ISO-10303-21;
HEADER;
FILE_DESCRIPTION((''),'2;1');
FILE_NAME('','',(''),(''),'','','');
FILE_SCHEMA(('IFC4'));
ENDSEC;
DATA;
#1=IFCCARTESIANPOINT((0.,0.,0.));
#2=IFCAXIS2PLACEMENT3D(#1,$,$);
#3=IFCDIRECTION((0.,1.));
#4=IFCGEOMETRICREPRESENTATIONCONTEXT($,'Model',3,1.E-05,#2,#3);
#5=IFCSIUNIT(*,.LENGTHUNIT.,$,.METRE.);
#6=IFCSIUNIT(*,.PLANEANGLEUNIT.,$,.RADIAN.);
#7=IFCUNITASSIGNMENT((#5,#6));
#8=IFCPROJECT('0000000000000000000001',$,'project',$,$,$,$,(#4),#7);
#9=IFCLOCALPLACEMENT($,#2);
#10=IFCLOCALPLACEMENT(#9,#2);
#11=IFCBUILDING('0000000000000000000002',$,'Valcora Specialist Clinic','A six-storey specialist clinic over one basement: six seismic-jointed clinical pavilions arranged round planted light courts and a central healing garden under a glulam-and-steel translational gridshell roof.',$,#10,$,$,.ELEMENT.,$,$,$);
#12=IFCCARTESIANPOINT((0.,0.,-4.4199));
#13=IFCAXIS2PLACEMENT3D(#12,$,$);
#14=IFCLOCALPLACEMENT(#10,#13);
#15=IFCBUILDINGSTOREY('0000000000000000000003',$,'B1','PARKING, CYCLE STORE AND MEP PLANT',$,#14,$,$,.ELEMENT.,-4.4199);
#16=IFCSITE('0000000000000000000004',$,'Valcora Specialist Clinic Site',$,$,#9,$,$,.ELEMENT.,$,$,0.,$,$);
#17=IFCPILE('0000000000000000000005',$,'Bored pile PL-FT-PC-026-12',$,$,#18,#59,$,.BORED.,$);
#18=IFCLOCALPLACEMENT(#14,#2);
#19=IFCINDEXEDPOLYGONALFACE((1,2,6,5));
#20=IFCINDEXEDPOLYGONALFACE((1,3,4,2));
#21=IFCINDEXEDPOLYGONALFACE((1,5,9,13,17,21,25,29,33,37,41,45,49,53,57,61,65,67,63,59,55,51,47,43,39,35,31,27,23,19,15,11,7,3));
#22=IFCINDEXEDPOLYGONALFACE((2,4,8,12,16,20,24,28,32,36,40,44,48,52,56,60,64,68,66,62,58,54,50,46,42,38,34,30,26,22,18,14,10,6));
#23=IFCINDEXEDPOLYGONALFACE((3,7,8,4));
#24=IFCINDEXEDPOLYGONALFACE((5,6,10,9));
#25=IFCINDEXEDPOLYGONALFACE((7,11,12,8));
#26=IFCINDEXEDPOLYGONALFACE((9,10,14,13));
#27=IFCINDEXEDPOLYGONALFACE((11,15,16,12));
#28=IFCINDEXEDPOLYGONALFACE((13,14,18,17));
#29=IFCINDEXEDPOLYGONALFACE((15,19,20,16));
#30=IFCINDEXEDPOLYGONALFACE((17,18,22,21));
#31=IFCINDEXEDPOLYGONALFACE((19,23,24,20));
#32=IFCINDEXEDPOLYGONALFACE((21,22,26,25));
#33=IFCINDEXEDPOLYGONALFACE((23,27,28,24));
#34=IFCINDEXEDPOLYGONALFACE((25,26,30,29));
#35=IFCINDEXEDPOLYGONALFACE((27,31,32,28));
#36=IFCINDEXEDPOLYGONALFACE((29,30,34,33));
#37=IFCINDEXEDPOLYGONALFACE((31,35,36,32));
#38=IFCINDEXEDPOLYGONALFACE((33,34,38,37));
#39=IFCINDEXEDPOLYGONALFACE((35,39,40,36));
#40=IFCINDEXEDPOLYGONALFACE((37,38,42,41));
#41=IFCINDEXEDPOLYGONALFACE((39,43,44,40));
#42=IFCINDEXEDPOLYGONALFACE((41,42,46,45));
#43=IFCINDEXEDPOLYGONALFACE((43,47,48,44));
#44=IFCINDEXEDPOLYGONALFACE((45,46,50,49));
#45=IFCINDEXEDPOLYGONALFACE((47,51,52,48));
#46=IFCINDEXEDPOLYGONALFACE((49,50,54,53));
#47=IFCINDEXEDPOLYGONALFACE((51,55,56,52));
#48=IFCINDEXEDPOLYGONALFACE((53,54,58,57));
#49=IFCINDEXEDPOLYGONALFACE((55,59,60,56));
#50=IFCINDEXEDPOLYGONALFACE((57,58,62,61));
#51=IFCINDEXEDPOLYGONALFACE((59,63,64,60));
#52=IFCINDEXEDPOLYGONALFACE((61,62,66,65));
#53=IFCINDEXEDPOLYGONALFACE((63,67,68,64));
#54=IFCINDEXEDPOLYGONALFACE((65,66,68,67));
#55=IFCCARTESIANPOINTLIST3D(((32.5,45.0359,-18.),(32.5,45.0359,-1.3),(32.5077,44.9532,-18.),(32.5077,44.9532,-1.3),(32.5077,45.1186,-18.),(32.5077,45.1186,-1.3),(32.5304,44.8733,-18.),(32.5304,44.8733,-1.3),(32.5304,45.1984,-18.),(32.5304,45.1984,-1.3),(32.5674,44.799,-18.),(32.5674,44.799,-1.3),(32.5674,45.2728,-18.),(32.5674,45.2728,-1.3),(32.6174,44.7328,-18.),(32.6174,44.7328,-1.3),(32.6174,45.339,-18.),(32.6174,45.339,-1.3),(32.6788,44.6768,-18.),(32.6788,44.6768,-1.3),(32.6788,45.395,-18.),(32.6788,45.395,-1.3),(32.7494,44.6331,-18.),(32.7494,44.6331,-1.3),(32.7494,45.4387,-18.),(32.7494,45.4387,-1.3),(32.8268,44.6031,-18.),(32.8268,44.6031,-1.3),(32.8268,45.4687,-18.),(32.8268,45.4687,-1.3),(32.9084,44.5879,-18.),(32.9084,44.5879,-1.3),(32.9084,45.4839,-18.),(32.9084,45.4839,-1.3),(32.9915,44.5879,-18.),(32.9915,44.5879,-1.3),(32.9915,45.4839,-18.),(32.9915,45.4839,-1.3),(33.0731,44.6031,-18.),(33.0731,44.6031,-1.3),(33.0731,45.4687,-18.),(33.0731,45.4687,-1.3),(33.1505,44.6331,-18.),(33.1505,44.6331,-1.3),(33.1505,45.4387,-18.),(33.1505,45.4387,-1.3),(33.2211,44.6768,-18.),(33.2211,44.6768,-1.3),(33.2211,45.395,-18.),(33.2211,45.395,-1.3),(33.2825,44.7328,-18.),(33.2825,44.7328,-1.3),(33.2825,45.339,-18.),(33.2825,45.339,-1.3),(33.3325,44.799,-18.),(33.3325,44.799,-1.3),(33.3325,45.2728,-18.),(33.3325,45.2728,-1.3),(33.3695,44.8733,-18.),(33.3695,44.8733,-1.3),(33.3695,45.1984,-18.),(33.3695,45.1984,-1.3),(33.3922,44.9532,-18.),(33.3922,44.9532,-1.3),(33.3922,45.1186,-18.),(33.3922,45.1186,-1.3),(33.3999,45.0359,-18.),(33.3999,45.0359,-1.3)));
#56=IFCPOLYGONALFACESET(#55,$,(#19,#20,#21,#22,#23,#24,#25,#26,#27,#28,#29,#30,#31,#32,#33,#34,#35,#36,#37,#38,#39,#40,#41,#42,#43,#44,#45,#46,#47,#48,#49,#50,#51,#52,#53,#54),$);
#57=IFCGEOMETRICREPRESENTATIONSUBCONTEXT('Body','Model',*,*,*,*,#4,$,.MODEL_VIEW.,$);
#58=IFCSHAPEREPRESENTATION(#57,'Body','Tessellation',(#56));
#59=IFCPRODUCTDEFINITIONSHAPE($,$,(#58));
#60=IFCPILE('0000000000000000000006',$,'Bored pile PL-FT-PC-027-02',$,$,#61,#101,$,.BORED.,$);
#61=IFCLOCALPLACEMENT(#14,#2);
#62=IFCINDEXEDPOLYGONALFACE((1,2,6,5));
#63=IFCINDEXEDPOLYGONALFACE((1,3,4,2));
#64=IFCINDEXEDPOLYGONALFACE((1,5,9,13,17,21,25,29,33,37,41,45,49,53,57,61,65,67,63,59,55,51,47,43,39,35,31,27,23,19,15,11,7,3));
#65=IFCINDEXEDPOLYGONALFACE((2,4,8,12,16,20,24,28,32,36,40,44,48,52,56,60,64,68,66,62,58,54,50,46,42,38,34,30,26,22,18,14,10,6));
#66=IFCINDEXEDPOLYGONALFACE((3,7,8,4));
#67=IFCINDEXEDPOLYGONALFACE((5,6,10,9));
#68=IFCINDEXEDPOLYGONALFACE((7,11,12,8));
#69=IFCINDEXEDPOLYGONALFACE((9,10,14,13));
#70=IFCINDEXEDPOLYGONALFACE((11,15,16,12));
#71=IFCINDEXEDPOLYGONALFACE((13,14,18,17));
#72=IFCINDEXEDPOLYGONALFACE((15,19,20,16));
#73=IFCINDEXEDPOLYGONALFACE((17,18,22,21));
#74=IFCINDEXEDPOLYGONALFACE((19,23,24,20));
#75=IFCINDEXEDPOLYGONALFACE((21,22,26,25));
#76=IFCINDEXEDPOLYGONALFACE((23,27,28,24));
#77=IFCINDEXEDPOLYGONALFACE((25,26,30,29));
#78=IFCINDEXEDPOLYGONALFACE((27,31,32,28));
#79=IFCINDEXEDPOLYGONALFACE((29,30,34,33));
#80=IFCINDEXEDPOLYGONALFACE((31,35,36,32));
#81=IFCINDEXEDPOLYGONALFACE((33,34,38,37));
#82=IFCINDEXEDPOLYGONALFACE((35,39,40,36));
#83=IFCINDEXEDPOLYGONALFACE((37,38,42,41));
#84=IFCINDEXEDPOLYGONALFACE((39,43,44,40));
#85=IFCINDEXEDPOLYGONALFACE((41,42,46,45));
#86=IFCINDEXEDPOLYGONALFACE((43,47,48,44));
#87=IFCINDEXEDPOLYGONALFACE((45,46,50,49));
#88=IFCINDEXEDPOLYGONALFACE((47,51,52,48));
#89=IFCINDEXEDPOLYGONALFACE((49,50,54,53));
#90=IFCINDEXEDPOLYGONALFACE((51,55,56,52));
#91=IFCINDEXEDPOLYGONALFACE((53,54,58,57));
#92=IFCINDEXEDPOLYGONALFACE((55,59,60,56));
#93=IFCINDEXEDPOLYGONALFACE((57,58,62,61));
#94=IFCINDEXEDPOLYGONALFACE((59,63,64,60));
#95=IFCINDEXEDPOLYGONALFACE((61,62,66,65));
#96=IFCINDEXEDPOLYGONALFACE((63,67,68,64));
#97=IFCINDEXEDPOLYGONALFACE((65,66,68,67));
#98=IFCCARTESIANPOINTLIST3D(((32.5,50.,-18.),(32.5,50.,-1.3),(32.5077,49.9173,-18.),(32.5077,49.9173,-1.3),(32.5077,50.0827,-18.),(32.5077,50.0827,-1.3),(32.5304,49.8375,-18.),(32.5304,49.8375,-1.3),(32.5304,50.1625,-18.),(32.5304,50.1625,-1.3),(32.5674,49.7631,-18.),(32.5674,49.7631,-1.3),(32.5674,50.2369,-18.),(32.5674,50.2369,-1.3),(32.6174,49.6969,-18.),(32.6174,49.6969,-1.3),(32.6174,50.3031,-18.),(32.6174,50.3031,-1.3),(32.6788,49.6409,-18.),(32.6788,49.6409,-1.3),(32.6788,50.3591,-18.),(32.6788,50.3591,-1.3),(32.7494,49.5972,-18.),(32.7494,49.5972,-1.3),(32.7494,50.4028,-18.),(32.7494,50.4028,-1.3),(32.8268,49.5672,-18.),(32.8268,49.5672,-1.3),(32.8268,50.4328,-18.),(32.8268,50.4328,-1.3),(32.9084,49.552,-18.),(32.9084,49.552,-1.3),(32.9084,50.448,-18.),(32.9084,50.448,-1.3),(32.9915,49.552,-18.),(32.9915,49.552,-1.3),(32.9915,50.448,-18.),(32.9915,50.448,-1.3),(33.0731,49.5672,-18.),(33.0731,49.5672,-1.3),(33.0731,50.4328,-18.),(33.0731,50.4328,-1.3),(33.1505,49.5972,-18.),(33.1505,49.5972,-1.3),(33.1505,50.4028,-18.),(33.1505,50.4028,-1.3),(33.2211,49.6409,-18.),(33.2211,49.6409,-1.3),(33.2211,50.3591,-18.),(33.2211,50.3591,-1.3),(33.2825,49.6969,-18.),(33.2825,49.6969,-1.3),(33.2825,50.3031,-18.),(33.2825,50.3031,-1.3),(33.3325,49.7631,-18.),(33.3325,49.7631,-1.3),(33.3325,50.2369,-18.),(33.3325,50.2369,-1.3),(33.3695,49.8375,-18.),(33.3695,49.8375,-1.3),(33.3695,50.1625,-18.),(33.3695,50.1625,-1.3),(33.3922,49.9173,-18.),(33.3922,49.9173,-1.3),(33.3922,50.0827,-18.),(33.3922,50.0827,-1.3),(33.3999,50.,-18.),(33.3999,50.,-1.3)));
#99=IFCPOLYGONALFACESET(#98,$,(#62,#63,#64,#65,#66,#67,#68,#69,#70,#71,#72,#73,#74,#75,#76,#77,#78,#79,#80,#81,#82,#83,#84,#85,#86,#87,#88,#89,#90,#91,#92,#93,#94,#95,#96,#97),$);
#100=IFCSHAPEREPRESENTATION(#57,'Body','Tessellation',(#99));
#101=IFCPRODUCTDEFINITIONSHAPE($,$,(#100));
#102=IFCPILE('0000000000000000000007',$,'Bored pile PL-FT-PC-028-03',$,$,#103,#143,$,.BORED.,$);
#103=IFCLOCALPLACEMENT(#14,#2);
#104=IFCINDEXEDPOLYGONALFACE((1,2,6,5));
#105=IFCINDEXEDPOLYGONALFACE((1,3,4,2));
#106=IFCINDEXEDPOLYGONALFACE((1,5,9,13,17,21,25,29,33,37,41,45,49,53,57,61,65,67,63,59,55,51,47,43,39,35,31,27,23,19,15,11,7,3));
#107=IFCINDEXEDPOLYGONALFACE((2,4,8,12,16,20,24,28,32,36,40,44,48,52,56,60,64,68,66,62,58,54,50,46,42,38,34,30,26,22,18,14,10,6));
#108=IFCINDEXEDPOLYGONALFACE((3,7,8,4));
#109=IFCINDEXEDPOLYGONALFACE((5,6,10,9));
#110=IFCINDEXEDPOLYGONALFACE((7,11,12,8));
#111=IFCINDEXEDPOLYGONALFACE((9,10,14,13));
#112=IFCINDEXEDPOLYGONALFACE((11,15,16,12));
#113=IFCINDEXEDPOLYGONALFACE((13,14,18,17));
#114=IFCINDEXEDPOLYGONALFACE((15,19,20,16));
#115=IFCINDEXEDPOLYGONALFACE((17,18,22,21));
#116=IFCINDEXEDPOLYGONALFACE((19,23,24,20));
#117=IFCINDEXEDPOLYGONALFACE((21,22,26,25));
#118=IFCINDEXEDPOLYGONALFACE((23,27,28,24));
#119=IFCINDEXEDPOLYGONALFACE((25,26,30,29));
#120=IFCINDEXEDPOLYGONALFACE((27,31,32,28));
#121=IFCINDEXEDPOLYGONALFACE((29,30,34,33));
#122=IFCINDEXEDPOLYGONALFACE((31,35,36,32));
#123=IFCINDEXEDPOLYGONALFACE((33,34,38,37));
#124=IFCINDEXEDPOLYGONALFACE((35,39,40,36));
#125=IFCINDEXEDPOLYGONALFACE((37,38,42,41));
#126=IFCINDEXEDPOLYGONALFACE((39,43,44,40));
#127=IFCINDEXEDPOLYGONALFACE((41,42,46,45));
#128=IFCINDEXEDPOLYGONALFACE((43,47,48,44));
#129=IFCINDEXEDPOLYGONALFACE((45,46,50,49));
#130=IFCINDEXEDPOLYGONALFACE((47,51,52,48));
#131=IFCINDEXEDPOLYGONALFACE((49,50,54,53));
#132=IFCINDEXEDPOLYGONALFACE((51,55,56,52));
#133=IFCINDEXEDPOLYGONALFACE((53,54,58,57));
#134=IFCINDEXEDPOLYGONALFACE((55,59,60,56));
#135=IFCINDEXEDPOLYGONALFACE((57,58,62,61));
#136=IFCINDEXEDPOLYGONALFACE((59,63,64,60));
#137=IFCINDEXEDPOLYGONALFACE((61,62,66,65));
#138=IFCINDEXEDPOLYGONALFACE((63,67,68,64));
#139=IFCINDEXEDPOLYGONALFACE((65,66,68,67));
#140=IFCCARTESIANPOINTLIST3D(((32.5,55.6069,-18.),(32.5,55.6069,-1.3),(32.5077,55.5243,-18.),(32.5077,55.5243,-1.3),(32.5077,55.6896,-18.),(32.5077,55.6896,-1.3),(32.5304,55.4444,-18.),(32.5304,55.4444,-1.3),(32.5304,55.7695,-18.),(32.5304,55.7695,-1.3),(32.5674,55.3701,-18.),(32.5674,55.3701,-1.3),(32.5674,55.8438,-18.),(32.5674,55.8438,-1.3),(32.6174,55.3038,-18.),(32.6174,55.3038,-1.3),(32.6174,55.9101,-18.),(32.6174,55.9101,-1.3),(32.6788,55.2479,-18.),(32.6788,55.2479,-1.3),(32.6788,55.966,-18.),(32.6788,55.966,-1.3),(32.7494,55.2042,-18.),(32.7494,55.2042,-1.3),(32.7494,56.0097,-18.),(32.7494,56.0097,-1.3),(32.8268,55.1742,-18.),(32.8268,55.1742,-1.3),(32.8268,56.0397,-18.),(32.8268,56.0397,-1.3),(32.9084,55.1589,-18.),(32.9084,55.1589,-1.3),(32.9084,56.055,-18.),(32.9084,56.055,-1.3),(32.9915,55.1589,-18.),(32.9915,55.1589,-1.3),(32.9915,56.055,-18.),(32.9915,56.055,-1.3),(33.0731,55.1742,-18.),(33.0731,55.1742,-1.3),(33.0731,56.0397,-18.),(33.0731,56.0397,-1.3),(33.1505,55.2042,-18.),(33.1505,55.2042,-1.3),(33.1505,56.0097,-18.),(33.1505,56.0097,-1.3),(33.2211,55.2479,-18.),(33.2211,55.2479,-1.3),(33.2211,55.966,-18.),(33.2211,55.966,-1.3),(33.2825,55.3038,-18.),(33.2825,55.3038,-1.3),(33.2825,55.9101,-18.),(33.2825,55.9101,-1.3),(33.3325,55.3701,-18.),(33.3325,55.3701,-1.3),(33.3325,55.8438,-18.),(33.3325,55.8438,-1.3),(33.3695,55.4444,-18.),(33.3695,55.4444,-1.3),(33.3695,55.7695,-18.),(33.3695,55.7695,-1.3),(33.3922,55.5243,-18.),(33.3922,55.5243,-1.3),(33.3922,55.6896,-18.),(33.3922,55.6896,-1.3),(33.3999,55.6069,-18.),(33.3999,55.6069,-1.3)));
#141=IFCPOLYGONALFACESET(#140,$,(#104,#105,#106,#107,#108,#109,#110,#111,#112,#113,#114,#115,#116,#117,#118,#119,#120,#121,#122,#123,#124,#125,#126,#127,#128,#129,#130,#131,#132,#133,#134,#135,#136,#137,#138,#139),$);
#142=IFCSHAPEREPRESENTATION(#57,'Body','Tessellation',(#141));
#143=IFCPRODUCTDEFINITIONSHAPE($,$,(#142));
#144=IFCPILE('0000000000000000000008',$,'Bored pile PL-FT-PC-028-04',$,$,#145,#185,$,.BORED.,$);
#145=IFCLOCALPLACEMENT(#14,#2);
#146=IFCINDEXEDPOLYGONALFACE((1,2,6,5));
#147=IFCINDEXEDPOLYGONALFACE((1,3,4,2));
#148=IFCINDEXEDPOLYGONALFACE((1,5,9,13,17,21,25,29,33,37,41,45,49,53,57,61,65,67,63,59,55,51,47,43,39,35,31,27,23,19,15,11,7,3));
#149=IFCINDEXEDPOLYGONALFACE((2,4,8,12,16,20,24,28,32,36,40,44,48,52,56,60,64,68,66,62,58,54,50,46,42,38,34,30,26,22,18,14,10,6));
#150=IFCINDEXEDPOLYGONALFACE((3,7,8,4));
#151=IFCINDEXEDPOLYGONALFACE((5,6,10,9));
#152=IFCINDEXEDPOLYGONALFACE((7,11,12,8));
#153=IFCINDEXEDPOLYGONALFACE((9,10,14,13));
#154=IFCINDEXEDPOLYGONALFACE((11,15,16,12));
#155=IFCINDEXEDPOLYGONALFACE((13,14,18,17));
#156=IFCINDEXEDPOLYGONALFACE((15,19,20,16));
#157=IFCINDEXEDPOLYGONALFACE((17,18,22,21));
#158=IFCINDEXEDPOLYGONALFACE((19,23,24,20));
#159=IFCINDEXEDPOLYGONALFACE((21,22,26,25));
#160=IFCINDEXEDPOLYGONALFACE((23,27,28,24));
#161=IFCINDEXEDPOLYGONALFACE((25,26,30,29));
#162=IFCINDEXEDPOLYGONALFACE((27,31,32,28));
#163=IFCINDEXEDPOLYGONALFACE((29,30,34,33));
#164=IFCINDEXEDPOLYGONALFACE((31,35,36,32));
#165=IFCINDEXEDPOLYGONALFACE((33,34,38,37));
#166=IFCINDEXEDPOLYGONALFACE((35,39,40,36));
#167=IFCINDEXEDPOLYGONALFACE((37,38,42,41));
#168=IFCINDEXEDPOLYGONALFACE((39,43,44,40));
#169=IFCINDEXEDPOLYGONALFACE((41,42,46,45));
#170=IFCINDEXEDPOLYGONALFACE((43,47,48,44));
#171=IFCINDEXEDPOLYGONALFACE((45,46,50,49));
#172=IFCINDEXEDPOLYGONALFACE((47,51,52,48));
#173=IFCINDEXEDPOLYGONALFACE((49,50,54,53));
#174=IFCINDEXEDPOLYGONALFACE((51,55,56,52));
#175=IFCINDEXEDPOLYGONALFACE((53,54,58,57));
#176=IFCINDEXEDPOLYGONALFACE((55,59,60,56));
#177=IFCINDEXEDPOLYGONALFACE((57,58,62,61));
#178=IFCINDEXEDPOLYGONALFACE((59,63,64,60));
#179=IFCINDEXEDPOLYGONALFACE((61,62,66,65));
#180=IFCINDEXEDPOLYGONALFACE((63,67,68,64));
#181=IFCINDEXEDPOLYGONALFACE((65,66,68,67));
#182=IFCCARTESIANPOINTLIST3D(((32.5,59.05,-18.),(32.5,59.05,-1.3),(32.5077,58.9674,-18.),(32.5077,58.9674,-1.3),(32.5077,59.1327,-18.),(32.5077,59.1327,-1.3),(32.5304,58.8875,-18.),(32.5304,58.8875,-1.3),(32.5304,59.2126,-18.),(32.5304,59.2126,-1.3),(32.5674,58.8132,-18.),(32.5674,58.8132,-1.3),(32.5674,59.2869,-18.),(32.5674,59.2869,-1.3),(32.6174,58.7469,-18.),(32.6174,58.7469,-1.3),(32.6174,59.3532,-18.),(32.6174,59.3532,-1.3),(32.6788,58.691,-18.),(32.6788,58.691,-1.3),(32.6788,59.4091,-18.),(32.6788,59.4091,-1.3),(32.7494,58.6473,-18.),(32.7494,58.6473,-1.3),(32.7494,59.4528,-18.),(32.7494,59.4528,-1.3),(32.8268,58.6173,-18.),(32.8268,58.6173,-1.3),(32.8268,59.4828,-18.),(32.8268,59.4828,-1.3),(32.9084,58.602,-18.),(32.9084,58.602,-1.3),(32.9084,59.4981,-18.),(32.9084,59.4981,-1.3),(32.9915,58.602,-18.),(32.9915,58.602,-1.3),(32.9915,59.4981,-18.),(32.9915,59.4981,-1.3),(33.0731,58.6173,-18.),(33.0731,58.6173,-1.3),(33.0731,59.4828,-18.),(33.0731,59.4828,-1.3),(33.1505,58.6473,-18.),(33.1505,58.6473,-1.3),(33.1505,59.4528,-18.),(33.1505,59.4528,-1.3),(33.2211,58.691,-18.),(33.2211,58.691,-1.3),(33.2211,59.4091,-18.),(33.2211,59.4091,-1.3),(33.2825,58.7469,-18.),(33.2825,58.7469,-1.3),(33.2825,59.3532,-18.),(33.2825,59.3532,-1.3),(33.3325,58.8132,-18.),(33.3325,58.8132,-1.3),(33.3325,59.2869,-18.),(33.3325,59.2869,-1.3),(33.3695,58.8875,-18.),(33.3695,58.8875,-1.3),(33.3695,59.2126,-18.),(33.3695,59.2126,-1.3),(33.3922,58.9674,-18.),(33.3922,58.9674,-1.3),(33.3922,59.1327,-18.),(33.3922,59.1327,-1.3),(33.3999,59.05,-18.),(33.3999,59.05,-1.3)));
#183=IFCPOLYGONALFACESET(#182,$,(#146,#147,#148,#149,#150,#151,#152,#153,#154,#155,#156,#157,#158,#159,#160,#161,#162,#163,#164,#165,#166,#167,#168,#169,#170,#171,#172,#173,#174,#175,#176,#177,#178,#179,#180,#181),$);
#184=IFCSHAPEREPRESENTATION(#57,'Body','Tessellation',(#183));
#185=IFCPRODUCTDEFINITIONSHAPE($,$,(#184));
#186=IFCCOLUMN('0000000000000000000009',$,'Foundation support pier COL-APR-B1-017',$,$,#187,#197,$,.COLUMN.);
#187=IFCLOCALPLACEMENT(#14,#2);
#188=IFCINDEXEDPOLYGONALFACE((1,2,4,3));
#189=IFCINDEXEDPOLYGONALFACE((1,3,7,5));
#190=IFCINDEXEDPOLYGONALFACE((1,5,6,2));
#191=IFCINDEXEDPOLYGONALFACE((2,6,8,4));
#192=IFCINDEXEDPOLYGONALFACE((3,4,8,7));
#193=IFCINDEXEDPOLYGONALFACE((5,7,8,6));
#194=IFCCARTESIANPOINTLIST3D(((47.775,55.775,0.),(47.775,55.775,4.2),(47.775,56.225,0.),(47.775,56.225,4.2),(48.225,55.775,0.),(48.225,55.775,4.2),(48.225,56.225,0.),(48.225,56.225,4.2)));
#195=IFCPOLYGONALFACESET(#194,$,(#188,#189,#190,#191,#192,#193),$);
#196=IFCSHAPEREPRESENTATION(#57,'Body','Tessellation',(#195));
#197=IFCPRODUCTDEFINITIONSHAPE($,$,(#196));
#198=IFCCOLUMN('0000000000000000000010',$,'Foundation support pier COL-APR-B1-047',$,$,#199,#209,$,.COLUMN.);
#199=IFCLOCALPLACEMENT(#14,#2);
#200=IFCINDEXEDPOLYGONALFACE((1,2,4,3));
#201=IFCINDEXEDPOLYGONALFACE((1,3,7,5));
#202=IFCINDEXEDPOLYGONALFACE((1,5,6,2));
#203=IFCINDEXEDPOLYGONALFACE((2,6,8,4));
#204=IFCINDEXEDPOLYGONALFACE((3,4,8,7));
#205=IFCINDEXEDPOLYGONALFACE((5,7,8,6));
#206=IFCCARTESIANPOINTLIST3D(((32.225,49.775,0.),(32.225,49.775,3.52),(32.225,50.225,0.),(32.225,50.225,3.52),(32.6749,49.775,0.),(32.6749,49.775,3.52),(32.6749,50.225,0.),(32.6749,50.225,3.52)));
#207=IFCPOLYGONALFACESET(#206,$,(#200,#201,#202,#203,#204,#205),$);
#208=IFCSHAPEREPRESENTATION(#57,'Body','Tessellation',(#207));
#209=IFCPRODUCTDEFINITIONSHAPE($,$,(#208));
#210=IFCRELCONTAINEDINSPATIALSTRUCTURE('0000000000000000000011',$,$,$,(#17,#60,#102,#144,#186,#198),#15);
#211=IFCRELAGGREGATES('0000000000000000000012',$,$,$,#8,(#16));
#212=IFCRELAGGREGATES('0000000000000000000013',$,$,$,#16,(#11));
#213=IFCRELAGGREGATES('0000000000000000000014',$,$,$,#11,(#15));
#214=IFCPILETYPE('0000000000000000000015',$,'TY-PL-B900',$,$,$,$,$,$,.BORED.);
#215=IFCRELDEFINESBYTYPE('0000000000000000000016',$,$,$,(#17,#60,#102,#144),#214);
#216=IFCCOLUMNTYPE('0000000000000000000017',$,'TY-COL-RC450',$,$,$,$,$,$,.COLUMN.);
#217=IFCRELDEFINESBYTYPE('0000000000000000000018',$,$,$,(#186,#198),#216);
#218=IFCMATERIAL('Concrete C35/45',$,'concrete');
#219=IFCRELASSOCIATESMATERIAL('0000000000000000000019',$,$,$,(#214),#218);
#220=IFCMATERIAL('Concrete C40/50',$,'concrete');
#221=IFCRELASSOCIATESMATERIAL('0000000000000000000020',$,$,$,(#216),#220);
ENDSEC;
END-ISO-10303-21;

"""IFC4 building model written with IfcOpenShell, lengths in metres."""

from ifc_helpers import new_model, si_unit, direction, frame, origin, origin_2d, place, context, subcontext, project, spatial, rectangle, circle, extrude, material, material_profile, profile_set, type_object, element, save


model = new_model("IFC4")

# Units and contexts
model_context = context("Model", 3, precision=1e-05, world=origin(), true_north=direction((0.0, 1.0)))
body_context = subcontext(model_context, "Body", "Model", "MODEL_VIEW")
ifc_project = project(units=[si_unit("LENGTHUNIT", "METRE"), si_unit("PLANEANGLEUNIT", "RADIAN")], contexts=[model_context])

# Site, building, storey
site_placement = place(None, origin())
site = spatial("IfcSite", under=ifc_project, at=site_placement, Name="Valcora Specialist Clinic Site", CompositionType="ELEMENT", RefElevation=0.0)
building_placement = place(site_placement, origin())
building = spatial("IfcBuilding", under=site, at=building_placement, Name="Valcora Specialist Clinic", Description="A six-storey specialist clinic over one basement: six seismic-jointed clinical pavilions arranged round planted light courts and a central healing garden under a glulam-and-steel translational gridshell roof.", CompositionType="ELEMENT")
storey_placement = place(building_placement, frame((0.0, 0.0, -4.4199)))
storey = spatial("IfcBuildingStorey", under=building, at=storey_placement, Name="B1", Description="PARKING, CYCLE STORE AND MEP PLANT", CompositionType="ELEMENT", Elevation=-4.4199)

# Shared definitions
ifc_material_1 = material(Name="Concrete C35/45", Category="concrete")

# Piles
ifc_material_profile_1 = material_profile(ifc_material_1, circle(Radius=0.45, at=origin_2d()), Name="RC-PIL-D900")
ifc_profile_set_1 = profile_set([ifc_material_profile_1], Name="Concrete C35/45")
pile_type_1 = type_object("IfcPileType", Name="TY-PL-B900", PredefinedType="BORED", material=ifc_profile_set_1)
for number, where, z_axis, x_axis, name in (
    (1, (32.95, 45.0359, -1.3), (0.0, 0.0, -1.0), (1.0, 0.0, 0.0), "Bored pile PL-FT-PC-026-12"),
    (2, (32.95, 50.0, -1.3), (0.0, 0.0, -1.0), (1.0, 0.0, 0.0), "Bored pile PL-FT-PC-027-02"),
    (3, (32.95, 55.6069, -1.3), (0.0, 0.0, -1.0), (1.0, 0.0, 0.0), "Bored pile PL-FT-PC-028-03"),
    (4, (32.95, 59.05, -1.3), (0.0, 0.0, -1.0), (1.0, 0.0, 0.0), "Bored pile PL-FT-PC-028-04"),
):
    element("IfcPile", number, at=place(storey_placement, frame(where, z_axis=z_axis, x_axis=x_axis)), inside=storey, type_object=pile_type_1, Name=name, PredefinedType="BORED", context=body_context, shape_type="SweptSolid", body=[
        extrude(circle(Radius=0.45, at=origin_2d()), origin(), (0.0, 0.0, 1.0), 16.7),
    ])

# Columns
ifc_material_2 = material(Name="Concrete C40/50", Category="concrete")
ifc_material_profile_2 = material_profile(ifc_material_2, rectangle(XDim=0.45, YDim=0.45, at=origin_2d()), Name="RC-COL-450X450")
ifc_profile_set_2 = profile_set([ifc_material_profile_2], Name="Concrete C40/50")
column_type_1 = type_object("IfcColumnType", Name="TY-COL-RC450", PredefinedType="COLUMN", material=ifc_profile_set_2)
column_placement = place(storey_placement, frame((48.0, 56.0, 0.0), z_axis=(0.0, 0.0, 1.0), x_axis=(1.0, 0.0, 0.0)))
element("IfcColumn", 5, at=column_placement, inside=storey, type_object=column_type_1, Name="Foundation support pier COL-APR-B1-017", PredefinedType="COLUMN", context=body_context, shape_type="SweptSolid", body=[
    extrude(rectangle(XDim=0.45, YDim=0.45, at=origin_2d()), origin(), (0.0, 0.0, 1.0), 4.2),
])
for number, where, z_axis, x_axis, name in (
    (6, (32.45, 50.0, 0.0), (0.0, 0.0, 1.0), (1.0, 0.0, 0.0), "Foundation support pier COL-APR-B1-047"),
):
    element("IfcColumn", number, at=place(storey_placement, frame(where, z_axis=z_axis, x_axis=x_axis)), inside=storey, type_object=column_type_1, Name=name, PredefinedType="COLUMN", context=body_context, shape_type="SweptSolid", body=[
        extrude(rectangle(XDim=0.45, YDim=0.45, at=origin_2d()), origin(), (0.0, 0.0, 1.0), 3.52),
    ])

save(model, "model.ifc")
